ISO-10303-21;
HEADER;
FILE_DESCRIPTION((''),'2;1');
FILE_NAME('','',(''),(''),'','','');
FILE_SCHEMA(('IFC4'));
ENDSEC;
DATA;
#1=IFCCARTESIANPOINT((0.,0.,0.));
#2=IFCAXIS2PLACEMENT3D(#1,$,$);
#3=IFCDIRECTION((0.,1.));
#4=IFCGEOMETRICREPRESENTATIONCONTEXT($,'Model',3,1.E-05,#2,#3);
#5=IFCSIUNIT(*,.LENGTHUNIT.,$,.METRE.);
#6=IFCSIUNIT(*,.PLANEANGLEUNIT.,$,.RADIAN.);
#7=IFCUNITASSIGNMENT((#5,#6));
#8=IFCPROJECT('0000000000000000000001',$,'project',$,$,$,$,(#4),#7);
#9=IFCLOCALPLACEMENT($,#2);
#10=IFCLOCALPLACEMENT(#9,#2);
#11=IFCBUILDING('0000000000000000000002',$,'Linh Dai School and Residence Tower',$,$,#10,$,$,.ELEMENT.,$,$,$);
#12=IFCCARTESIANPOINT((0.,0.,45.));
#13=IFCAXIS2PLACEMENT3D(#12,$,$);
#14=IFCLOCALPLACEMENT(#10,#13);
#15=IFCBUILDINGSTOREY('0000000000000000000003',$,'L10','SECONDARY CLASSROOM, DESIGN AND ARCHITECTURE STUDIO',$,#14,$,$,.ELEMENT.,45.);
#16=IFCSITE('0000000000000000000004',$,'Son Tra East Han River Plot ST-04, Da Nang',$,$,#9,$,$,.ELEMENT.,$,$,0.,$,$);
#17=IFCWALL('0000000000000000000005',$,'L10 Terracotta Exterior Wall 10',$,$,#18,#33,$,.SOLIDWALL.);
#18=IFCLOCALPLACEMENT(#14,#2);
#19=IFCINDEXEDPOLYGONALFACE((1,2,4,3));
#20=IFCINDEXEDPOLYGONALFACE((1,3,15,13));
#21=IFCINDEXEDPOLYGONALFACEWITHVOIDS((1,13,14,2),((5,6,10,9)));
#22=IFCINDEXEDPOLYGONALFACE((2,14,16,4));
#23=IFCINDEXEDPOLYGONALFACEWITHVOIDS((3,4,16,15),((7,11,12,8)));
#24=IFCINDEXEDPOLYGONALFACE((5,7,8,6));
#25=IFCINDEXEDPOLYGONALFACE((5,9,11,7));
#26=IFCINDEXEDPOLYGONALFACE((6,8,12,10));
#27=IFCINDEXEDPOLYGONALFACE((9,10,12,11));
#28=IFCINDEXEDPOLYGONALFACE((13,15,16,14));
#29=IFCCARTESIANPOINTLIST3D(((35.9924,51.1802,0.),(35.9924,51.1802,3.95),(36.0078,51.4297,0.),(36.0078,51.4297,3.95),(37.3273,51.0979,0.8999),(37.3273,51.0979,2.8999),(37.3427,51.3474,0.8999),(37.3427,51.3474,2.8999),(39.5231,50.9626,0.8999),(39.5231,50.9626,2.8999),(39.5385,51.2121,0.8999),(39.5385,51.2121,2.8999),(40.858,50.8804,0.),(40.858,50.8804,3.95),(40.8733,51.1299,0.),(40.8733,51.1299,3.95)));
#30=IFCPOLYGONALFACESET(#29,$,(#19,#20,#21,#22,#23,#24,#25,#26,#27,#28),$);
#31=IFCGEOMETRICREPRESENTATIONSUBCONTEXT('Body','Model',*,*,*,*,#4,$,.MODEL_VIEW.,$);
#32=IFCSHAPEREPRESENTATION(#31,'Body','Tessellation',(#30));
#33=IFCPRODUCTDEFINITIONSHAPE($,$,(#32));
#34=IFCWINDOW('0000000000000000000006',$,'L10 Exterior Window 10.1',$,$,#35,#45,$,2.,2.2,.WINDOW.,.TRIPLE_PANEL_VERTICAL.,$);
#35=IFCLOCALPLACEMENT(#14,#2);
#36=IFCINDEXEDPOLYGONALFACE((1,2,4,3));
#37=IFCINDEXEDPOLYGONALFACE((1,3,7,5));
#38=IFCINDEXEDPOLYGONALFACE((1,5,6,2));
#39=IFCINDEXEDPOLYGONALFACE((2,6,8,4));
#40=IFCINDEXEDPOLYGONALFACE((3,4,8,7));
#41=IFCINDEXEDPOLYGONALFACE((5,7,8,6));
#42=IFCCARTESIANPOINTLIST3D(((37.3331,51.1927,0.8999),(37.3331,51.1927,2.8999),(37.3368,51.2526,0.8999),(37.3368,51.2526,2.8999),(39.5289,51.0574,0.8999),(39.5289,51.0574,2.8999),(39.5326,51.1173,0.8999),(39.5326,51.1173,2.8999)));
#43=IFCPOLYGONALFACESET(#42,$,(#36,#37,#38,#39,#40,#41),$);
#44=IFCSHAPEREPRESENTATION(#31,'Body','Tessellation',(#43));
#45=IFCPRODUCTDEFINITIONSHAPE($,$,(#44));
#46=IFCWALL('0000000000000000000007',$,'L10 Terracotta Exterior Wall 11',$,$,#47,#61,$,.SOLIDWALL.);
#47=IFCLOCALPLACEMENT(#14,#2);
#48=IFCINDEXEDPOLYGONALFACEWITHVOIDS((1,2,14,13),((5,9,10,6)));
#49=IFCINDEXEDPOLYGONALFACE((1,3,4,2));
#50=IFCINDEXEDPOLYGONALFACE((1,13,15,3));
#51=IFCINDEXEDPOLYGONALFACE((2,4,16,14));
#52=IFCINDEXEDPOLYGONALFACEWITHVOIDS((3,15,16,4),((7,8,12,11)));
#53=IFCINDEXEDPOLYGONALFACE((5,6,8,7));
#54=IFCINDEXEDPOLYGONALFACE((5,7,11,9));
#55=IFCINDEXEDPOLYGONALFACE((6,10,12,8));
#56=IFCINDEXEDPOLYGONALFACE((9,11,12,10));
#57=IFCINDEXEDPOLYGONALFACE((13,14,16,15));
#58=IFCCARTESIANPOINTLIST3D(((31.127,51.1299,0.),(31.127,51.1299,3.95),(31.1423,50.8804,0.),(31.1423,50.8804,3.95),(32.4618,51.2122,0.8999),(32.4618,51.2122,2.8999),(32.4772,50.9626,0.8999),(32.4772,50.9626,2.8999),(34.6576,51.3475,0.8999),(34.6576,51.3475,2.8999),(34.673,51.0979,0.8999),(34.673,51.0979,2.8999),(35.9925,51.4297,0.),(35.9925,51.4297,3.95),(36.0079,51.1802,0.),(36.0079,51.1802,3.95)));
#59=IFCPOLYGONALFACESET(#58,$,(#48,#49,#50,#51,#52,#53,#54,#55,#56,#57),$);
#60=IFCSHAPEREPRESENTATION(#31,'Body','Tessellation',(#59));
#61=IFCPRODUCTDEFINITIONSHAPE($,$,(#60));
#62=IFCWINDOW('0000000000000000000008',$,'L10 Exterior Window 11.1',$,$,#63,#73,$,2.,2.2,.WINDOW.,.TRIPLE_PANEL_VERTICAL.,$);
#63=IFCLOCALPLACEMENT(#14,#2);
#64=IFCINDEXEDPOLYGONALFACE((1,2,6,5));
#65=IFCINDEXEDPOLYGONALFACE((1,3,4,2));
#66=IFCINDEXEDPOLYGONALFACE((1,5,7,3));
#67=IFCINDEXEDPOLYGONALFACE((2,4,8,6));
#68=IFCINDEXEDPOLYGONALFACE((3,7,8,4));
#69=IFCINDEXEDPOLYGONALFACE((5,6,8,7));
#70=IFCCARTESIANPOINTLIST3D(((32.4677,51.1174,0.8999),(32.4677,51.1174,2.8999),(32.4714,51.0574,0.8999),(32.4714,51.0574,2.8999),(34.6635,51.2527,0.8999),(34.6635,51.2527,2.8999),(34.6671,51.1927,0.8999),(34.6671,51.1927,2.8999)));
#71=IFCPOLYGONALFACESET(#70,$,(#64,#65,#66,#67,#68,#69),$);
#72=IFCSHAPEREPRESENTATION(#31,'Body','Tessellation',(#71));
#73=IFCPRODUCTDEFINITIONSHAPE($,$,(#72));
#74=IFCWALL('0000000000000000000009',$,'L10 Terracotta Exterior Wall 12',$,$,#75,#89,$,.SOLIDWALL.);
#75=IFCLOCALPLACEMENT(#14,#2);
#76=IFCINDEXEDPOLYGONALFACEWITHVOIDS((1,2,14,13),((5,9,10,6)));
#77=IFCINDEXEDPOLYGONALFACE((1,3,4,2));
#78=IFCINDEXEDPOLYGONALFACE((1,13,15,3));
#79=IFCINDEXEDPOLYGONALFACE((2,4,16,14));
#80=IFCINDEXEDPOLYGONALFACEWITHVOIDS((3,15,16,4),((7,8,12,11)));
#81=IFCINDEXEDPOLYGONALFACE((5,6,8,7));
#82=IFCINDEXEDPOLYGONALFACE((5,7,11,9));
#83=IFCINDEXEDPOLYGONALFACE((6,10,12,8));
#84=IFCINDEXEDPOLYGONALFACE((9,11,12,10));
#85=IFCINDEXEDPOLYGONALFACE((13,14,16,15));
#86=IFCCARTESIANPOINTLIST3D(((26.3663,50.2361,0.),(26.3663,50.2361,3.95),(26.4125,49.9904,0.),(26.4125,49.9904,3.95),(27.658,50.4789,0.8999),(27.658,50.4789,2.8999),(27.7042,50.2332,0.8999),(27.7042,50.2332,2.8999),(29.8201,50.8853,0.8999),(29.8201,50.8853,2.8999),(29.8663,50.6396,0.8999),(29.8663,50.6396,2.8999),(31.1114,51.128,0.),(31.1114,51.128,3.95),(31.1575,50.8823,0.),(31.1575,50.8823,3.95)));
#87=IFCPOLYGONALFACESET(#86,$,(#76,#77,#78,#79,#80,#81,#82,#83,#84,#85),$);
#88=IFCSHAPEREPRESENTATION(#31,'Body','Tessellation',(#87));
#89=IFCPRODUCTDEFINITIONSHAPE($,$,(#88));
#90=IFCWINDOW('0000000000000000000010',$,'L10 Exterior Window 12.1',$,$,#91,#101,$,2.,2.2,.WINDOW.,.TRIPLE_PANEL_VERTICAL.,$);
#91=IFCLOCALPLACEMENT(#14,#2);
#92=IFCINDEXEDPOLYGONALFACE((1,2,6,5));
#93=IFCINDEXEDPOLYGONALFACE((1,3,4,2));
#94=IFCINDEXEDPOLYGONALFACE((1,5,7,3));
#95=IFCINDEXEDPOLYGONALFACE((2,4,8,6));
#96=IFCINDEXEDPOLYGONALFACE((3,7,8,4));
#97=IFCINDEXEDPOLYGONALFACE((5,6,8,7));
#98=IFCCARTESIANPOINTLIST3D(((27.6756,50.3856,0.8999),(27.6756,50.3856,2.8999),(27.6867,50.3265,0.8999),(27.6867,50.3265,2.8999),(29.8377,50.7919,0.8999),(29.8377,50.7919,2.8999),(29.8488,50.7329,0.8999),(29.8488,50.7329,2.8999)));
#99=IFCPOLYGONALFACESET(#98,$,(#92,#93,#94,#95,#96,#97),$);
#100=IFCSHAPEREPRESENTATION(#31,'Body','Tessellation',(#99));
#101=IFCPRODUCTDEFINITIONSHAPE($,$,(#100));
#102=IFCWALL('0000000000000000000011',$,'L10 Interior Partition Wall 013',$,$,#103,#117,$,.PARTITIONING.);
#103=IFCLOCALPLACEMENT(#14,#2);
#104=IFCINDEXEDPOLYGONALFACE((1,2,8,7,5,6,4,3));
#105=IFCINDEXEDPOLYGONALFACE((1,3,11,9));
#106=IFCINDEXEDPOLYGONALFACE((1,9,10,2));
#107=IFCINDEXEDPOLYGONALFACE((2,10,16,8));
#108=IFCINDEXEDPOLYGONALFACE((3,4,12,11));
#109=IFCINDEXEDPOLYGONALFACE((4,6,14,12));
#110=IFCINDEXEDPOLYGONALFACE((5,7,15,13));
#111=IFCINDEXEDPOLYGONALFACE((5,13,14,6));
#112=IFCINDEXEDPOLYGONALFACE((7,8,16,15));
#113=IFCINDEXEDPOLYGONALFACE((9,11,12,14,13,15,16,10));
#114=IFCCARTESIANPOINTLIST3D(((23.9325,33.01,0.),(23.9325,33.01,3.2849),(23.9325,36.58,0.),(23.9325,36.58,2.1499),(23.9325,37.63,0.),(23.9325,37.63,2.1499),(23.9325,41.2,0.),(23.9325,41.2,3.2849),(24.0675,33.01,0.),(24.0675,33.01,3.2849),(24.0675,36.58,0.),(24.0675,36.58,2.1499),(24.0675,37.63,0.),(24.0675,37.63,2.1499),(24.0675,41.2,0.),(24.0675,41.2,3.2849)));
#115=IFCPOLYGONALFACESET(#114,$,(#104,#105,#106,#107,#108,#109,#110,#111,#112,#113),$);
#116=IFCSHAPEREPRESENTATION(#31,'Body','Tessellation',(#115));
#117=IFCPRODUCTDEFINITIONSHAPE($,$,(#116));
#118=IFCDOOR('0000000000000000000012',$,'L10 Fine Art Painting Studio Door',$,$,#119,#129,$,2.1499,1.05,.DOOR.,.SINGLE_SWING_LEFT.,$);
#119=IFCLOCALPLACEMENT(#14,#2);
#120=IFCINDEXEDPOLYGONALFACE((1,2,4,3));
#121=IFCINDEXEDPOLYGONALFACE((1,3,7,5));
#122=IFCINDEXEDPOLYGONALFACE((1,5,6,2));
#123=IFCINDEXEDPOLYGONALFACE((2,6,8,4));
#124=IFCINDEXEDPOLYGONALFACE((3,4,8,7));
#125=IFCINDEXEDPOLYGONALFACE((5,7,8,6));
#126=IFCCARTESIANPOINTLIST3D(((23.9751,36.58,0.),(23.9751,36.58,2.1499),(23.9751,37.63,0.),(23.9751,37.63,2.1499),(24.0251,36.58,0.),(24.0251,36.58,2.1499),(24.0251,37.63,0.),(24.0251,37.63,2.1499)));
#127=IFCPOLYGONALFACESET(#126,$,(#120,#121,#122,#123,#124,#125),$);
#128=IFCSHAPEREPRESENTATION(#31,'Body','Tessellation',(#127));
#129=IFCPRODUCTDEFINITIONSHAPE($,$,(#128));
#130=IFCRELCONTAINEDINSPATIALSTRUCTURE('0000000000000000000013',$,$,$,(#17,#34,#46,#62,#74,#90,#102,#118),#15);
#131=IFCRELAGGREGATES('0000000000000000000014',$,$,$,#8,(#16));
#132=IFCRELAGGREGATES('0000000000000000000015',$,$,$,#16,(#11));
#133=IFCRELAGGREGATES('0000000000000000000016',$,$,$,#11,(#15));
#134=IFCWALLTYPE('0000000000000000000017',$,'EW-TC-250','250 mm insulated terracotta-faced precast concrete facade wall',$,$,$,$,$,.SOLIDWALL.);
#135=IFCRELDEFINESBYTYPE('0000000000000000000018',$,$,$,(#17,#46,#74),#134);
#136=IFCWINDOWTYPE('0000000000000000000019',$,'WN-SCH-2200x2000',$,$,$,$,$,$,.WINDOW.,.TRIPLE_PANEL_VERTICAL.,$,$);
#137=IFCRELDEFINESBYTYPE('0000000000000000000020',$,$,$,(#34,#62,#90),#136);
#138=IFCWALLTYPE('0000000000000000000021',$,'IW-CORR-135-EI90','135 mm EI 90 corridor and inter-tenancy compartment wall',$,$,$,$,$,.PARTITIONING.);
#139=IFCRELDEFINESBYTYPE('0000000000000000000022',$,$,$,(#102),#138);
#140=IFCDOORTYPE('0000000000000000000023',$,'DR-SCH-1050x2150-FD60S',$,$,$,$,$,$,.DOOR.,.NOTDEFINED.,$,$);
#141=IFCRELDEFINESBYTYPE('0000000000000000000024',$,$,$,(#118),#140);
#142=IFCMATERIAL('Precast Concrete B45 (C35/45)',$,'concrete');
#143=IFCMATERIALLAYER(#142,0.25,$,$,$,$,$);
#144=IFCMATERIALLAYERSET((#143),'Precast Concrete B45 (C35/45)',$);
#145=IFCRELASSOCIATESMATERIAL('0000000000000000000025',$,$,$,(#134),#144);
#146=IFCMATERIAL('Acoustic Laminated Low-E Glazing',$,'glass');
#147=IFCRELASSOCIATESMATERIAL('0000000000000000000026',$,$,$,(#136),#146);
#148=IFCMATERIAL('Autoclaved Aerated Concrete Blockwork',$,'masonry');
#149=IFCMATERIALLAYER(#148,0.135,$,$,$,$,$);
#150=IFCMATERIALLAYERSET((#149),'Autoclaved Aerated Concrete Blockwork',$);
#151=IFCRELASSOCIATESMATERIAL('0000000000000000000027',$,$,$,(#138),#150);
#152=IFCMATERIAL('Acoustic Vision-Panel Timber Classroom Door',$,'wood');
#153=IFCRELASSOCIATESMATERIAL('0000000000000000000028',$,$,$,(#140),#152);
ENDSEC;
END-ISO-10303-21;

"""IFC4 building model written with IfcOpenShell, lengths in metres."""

from ifc_helpers import new_model, si_unit, direction, frame, frame_2d, origin, origin_2d, place, context, subcontext, project, spatial, rectangle, extrude, source, transform, mapped, material, layer, layer_set, type_object, element, fill, save


model = new_model("IFC4")

# Units and contexts
model_context = context("Model", 3, precision=1e-05, world=origin(), true_north=direction((0.0, 1.0)))
body_context = subcontext(model_context, "Body", "Model", "MODEL_VIEW")
ifc_project = project(units=[si_unit("LENGTHUNIT", "METRE"), si_unit("PLANEANGLEUNIT", "RADIAN")], contexts=[model_context])

# Site, building, storey
site_placement = place(None, origin())
site = spatial("IfcSite", under=ifc_project, at=site_placement, Name="Son Tra East Han River Plot ST-04, Da Nang", CompositionType="ELEMENT", RefElevation=0.0)
building_placement = place(site_placement, origin())
building = spatial("IfcBuilding", under=site, at=building_placement, Name="Linh Dai School and Residence Tower", CompositionType="ELEMENT")
storey_placement = place(building_placement, frame((0.0, 0.0, 45.0)))
storey = spatial("IfcBuildingStorey", under=building, at=storey_placement, Name="L10", Description="SECONDARY CLASSROOM, DESIGN AND ARCHITECTURE STUDIO", CompositionType="ELEMENT", Elevation=45.0)

# Shared definitions
ifc_material_1 = material(Name="Precast Concrete B45 (C35/45)", Category="concrete")

# Walls, openings, windows
ifc_layer_1 = layer(ifc_material_1, 0.25)
ifc_layer_set_1 = layer_set([ifc_layer_1], Name="Precast Concrete B45 (C35/45)")
wall_type_1 = type_object("IfcWallType", Name="EW-TC-250", Description="250 mm insulated terracotta-faced precast concrete facade wall", PredefinedType="SOLIDWALL", material=ifc_layer_set_1)
wall_1_placement = place(storey_placement, frame((36.0, 51.3049, 0.0), z_axis=(0.0, 0.0, 1.0), x_axis=(0.998107, -0.061502, 0.0)))
wall_1 = element("IfcWall", 1, at=wall_1_placement, inside=storey, type_object=wall_type_1, Name="L10 Terracotta Exterior Wall 10", PredefinedType="SOLIDWALL", context=body_context, shape_type="SweptSolid", body=[
    extrude(rectangle(XDim=4.8748, YDim=0.25, at=frame_2d((2.4375, 0.0))), origin(), (0.0, 0.0, 1.0), 3.95),
])
opening_1_placement = place(wall_1_placement, frame((1.3374, 0.0, 0.8999)))
opening_1 = element("IfcOpeningElement", 2, at=opening_1_placement, cuts=wall_1, PredefinedType="OPENING", context=body_context, shape_type="SweptSolid", body=[
    extrude(rectangle(XDim=2.2, YDim=2.0, at=origin_2d()), frame((1.1001, 0.135, 1.0), z_axis=(0.0, -1.0, 0.0), x_axis=(1.0, 0.0, 0.0)), (0.0, 0.0, 1.0), 0.27),
])
ifc_material_2 = material(Name="Acoustic Laminated Low-E Glazing", Category="glass")
window_type = type_object("IfcWindowType", Name="WN-SCH-2200x2000", PartitioningType="TRIPLE_PANEL_VERTICAL", PredefinedType="WINDOW", material=ifc_material_2)
shared_shape_1 = source(origin(), body_context, "Body", "SweptSolid", [
    extrude(rectangle(XDim=2.2, YDim=2.0, at=origin_2d()), frame((1.1001, 0.03, 1.0), z_axis=(0.0, -1.0, 0.0), x_axis=(1.0, 0.0, 0.0)), (0.0, 0.0, 1.0), 0.0601),
])
window_1_placement = place(opening_1_placement, origin())
window_1 = element("IfcWindow", 3, at=window_1_placement, inside=storey, type_object=window_type, Name="L10 Exterior Window 10.1", OverallHeight=2.0, OverallWidth=2.2, PartitioningType="TRIPLE_PANEL_VERTICAL", PredefinedType="WINDOW", context=body_context, shape_type="MappedRepresentation", body=[
    mapped(shared_shape_1, transform((0.0, 0.0, 0.0), x_axis=(1.0, 0.0, 0.0), y_axis=(0.0, 1.0, 0.0), z_axis=(0.0, 0.0, 1.0), scale=1.0)),
])
fill(opening_1, window_1)
wall_2_placement = place(storey_placement, frame((31.1345, 51.0051, 0.0), z_axis=(0.0, 0.0, 1.0), x_axis=(0.998107, 0.061502, 0.0)))
wall_2 = element("IfcWall", 4, at=wall_2_placement, inside=storey, type_object=wall_type_1, Name="L10 Terracotta Exterior Wall 11", PredefinedType="SOLIDWALL", context=body_context, shape_type="SweptSolid", body=[
    extrude(rectangle(XDim=4.8748, YDim=0.25, at=frame_2d((2.4375, 0.0))), origin(), (0.0, 0.0, 1.0), 3.95),
])
opening_2_placement = place(wall_2_placement, frame((1.3374, 0.0, 0.8999)))
opening_2 = element("IfcOpeningElement", 5, at=opening_2_placement, cuts=wall_2, PredefinedType="OPENING", context=body_context, shape_type="SweptSolid", body=[
    extrude(rectangle(XDim=2.2, YDim=2.0, at=origin_2d()), frame((1.1001, 0.135, 1.0), z_axis=(0.0, -1.0, 0.0), x_axis=(1.0, 0.0, 0.0)), (0.0, 0.0, 1.0), 0.27),
])
window_2_placement = place(opening_2_placement, origin())
window_2 = element("IfcWindow", 6, at=window_2_placement, inside=storey, type_object=window_type, Name="L10 Exterior Window 11.1", OverallHeight=2.0, OverallWidth=2.2, PartitioningType="TRIPLE_PANEL_VERTICAL", PredefinedType="WINDOW", context=body_context, shape_type="MappedRepresentation", body=[
    mapped(shared_shape_1, transform((0.0, 0.0, 0.0), x_axis=(1.0, 0.0, 0.0), y_axis=(0.0, 1.0, 0.0), z_axis=(0.0, 0.0, 1.0), scale=1.0)),
])
fill(opening_2, window_2)
wall_3_placement = place(storey_placement, frame((26.3894, 50.1133, 0.0), z_axis=(0.0, 0.0, 1.0), x_axis=(0.982792, 0.184716, 0.0)))
wall_3 = element("IfcWall", 7, at=wall_3_placement, inside=storey, type_object=wall_type_1, Name="L10 Terracotta Exterior Wall 12", PredefinedType="SOLIDWALL", context=body_context, shape_type="SweptSolid", body=[
    extrude(rectangle(XDim=4.8281, YDim=0.25, at=frame_2d((2.4141, 0.0))), origin(), (0.0, 0.0, 1.0), 3.95),
])
opening_3_placement = place(wall_3_placement, frame((1.3142, 0.0, 0.8999)))
opening_3 = element("IfcOpeningElement", 8, at=opening_3_placement, cuts=wall_3, PredefinedType="OPENING", context=body_context, shape_type="SweptSolid", body=[
    extrude(rectangle(XDim=2.2, YDim=2.0, at=origin_2d()), frame((1.1001, 0.135, 1.0), z_axis=(0.0, -1.0, 0.0), x_axis=(1.0, 0.0, 0.0)), (0.0, 0.0, 1.0), 0.27),
])
window_3_placement = place(opening_3_placement, origin())
window_3 = element("IfcWindow", 9, at=window_3_placement, inside=storey, type_object=window_type, Name="L10 Exterior Window 12.1", OverallHeight=2.0, OverallWidth=2.2, PartitioningType="TRIPLE_PANEL_VERTICAL", PredefinedType="WINDOW", context=body_context, shape_type="MappedRepresentation", body=[
    mapped(shared_shape_1, transform((0.0, 0.0, 0.0), x_axis=(1.0, 0.0, 0.0), y_axis=(0.0, 1.0, 0.0), z_axis=(0.0, 0.0, 1.0), scale=1.0)),
])
fill(opening_3, window_3)

# Wall, opening, door
ifc_material_3 = material(Name="Autoclaved Aerated Concrete Blockwork", Category="masonry")
ifc_layer_2 = layer(ifc_material_3, 0.135)
ifc_layer_set_2 = layer_set([ifc_layer_2], Name="Autoclaved Aerated Concrete Blockwork")
wall_type_2 = type_object("IfcWallType", Name="IW-CORR-135-EI90", Description="135 mm EI 90 corridor and inter-tenancy compartment wall", PredefinedType="PARTITIONING", material=ifc_layer_set_2)
wall_4_placement = place(storey_placement, frame((24.0, 33.01, 0.0), z_axis=(0.0, 0.0, 1.0), x_axis=(0.0, 1.0, 0.0)))
wall_4 = element("IfcWall", 10, at=wall_4_placement, inside=storey, type_object=wall_type_2, Name="L10 Interior Partition Wall 013", PredefinedType="PARTITIONING", context=body_context, shape_type="SweptSolid", body=[
    extrude(rectangle(XDim=8.1899, YDim=0.135, at=frame_2d((4.095, 0.0))), origin(), (0.0, 0.0, 1.0), 3.2849),
])
opening_4_placement = place(wall_4_placement, frame((3.5701, 0.0, 0.0)))
opening_4 = element("IfcOpeningElement", 11, at=opening_4_placement, cuts=wall_4, PredefinedType="OPENING", context=body_context, shape_type="SweptSolid", body=[
    extrude(rectangle(XDim=1.05, YDim=2.1499, at=origin_2d()), frame((0.5249, 0.0776, 1.075), z_axis=(0.0, -1.0, 0.0), x_axis=(1.0, 0.0, 0.0)), (0.0, 0.0, 1.0), 0.155),
])
ifc_material_4 = material(Name="Acoustic Vision-Panel Timber Classroom Door", Category="wood")
door_type = type_object("IfcDoorType", Name="DR-SCH-1050x2150-FD60S", OperationType="NOTDEFINED", PredefinedType="DOOR", material=ifc_material_4)
shared_shape_2 = source(origin(), body_context, "Body", "SweptSolid", [
    extrude(rectangle(XDim=1.05, YDim=2.1499, at=origin_2d()), frame((0.5249, 0.0249, 1.075), z_axis=(0.0, -1.0, 0.0), x_axis=(1.0, 0.0, 0.0)), (0.0, 0.0, 1.0), 0.05),
])
door_1_placement = place(opening_4_placement, origin())
door_1 = element("IfcDoor", 12, at=door_1_placement, inside=storey, type_object=door_type, Name="L10 Fine Art Painting Studio Door", OperationType="SINGLE_SWING_LEFT", OverallHeight=2.1499, OverallWidth=1.05, PredefinedType="DOOR", context=body_context, shape_type="MappedRepresentation", body=[
    mapped(shared_shape_2, transform((0.0, 0.0, 0.0), x_axis=(1.0, 0.0, 0.0), y_axis=(0.0, 1.0, 0.0), z_axis=(0.0, 0.0, 1.0), scale=1.0)),
])
fill(opening_4, door_1)

save(model, "model.ifc")
